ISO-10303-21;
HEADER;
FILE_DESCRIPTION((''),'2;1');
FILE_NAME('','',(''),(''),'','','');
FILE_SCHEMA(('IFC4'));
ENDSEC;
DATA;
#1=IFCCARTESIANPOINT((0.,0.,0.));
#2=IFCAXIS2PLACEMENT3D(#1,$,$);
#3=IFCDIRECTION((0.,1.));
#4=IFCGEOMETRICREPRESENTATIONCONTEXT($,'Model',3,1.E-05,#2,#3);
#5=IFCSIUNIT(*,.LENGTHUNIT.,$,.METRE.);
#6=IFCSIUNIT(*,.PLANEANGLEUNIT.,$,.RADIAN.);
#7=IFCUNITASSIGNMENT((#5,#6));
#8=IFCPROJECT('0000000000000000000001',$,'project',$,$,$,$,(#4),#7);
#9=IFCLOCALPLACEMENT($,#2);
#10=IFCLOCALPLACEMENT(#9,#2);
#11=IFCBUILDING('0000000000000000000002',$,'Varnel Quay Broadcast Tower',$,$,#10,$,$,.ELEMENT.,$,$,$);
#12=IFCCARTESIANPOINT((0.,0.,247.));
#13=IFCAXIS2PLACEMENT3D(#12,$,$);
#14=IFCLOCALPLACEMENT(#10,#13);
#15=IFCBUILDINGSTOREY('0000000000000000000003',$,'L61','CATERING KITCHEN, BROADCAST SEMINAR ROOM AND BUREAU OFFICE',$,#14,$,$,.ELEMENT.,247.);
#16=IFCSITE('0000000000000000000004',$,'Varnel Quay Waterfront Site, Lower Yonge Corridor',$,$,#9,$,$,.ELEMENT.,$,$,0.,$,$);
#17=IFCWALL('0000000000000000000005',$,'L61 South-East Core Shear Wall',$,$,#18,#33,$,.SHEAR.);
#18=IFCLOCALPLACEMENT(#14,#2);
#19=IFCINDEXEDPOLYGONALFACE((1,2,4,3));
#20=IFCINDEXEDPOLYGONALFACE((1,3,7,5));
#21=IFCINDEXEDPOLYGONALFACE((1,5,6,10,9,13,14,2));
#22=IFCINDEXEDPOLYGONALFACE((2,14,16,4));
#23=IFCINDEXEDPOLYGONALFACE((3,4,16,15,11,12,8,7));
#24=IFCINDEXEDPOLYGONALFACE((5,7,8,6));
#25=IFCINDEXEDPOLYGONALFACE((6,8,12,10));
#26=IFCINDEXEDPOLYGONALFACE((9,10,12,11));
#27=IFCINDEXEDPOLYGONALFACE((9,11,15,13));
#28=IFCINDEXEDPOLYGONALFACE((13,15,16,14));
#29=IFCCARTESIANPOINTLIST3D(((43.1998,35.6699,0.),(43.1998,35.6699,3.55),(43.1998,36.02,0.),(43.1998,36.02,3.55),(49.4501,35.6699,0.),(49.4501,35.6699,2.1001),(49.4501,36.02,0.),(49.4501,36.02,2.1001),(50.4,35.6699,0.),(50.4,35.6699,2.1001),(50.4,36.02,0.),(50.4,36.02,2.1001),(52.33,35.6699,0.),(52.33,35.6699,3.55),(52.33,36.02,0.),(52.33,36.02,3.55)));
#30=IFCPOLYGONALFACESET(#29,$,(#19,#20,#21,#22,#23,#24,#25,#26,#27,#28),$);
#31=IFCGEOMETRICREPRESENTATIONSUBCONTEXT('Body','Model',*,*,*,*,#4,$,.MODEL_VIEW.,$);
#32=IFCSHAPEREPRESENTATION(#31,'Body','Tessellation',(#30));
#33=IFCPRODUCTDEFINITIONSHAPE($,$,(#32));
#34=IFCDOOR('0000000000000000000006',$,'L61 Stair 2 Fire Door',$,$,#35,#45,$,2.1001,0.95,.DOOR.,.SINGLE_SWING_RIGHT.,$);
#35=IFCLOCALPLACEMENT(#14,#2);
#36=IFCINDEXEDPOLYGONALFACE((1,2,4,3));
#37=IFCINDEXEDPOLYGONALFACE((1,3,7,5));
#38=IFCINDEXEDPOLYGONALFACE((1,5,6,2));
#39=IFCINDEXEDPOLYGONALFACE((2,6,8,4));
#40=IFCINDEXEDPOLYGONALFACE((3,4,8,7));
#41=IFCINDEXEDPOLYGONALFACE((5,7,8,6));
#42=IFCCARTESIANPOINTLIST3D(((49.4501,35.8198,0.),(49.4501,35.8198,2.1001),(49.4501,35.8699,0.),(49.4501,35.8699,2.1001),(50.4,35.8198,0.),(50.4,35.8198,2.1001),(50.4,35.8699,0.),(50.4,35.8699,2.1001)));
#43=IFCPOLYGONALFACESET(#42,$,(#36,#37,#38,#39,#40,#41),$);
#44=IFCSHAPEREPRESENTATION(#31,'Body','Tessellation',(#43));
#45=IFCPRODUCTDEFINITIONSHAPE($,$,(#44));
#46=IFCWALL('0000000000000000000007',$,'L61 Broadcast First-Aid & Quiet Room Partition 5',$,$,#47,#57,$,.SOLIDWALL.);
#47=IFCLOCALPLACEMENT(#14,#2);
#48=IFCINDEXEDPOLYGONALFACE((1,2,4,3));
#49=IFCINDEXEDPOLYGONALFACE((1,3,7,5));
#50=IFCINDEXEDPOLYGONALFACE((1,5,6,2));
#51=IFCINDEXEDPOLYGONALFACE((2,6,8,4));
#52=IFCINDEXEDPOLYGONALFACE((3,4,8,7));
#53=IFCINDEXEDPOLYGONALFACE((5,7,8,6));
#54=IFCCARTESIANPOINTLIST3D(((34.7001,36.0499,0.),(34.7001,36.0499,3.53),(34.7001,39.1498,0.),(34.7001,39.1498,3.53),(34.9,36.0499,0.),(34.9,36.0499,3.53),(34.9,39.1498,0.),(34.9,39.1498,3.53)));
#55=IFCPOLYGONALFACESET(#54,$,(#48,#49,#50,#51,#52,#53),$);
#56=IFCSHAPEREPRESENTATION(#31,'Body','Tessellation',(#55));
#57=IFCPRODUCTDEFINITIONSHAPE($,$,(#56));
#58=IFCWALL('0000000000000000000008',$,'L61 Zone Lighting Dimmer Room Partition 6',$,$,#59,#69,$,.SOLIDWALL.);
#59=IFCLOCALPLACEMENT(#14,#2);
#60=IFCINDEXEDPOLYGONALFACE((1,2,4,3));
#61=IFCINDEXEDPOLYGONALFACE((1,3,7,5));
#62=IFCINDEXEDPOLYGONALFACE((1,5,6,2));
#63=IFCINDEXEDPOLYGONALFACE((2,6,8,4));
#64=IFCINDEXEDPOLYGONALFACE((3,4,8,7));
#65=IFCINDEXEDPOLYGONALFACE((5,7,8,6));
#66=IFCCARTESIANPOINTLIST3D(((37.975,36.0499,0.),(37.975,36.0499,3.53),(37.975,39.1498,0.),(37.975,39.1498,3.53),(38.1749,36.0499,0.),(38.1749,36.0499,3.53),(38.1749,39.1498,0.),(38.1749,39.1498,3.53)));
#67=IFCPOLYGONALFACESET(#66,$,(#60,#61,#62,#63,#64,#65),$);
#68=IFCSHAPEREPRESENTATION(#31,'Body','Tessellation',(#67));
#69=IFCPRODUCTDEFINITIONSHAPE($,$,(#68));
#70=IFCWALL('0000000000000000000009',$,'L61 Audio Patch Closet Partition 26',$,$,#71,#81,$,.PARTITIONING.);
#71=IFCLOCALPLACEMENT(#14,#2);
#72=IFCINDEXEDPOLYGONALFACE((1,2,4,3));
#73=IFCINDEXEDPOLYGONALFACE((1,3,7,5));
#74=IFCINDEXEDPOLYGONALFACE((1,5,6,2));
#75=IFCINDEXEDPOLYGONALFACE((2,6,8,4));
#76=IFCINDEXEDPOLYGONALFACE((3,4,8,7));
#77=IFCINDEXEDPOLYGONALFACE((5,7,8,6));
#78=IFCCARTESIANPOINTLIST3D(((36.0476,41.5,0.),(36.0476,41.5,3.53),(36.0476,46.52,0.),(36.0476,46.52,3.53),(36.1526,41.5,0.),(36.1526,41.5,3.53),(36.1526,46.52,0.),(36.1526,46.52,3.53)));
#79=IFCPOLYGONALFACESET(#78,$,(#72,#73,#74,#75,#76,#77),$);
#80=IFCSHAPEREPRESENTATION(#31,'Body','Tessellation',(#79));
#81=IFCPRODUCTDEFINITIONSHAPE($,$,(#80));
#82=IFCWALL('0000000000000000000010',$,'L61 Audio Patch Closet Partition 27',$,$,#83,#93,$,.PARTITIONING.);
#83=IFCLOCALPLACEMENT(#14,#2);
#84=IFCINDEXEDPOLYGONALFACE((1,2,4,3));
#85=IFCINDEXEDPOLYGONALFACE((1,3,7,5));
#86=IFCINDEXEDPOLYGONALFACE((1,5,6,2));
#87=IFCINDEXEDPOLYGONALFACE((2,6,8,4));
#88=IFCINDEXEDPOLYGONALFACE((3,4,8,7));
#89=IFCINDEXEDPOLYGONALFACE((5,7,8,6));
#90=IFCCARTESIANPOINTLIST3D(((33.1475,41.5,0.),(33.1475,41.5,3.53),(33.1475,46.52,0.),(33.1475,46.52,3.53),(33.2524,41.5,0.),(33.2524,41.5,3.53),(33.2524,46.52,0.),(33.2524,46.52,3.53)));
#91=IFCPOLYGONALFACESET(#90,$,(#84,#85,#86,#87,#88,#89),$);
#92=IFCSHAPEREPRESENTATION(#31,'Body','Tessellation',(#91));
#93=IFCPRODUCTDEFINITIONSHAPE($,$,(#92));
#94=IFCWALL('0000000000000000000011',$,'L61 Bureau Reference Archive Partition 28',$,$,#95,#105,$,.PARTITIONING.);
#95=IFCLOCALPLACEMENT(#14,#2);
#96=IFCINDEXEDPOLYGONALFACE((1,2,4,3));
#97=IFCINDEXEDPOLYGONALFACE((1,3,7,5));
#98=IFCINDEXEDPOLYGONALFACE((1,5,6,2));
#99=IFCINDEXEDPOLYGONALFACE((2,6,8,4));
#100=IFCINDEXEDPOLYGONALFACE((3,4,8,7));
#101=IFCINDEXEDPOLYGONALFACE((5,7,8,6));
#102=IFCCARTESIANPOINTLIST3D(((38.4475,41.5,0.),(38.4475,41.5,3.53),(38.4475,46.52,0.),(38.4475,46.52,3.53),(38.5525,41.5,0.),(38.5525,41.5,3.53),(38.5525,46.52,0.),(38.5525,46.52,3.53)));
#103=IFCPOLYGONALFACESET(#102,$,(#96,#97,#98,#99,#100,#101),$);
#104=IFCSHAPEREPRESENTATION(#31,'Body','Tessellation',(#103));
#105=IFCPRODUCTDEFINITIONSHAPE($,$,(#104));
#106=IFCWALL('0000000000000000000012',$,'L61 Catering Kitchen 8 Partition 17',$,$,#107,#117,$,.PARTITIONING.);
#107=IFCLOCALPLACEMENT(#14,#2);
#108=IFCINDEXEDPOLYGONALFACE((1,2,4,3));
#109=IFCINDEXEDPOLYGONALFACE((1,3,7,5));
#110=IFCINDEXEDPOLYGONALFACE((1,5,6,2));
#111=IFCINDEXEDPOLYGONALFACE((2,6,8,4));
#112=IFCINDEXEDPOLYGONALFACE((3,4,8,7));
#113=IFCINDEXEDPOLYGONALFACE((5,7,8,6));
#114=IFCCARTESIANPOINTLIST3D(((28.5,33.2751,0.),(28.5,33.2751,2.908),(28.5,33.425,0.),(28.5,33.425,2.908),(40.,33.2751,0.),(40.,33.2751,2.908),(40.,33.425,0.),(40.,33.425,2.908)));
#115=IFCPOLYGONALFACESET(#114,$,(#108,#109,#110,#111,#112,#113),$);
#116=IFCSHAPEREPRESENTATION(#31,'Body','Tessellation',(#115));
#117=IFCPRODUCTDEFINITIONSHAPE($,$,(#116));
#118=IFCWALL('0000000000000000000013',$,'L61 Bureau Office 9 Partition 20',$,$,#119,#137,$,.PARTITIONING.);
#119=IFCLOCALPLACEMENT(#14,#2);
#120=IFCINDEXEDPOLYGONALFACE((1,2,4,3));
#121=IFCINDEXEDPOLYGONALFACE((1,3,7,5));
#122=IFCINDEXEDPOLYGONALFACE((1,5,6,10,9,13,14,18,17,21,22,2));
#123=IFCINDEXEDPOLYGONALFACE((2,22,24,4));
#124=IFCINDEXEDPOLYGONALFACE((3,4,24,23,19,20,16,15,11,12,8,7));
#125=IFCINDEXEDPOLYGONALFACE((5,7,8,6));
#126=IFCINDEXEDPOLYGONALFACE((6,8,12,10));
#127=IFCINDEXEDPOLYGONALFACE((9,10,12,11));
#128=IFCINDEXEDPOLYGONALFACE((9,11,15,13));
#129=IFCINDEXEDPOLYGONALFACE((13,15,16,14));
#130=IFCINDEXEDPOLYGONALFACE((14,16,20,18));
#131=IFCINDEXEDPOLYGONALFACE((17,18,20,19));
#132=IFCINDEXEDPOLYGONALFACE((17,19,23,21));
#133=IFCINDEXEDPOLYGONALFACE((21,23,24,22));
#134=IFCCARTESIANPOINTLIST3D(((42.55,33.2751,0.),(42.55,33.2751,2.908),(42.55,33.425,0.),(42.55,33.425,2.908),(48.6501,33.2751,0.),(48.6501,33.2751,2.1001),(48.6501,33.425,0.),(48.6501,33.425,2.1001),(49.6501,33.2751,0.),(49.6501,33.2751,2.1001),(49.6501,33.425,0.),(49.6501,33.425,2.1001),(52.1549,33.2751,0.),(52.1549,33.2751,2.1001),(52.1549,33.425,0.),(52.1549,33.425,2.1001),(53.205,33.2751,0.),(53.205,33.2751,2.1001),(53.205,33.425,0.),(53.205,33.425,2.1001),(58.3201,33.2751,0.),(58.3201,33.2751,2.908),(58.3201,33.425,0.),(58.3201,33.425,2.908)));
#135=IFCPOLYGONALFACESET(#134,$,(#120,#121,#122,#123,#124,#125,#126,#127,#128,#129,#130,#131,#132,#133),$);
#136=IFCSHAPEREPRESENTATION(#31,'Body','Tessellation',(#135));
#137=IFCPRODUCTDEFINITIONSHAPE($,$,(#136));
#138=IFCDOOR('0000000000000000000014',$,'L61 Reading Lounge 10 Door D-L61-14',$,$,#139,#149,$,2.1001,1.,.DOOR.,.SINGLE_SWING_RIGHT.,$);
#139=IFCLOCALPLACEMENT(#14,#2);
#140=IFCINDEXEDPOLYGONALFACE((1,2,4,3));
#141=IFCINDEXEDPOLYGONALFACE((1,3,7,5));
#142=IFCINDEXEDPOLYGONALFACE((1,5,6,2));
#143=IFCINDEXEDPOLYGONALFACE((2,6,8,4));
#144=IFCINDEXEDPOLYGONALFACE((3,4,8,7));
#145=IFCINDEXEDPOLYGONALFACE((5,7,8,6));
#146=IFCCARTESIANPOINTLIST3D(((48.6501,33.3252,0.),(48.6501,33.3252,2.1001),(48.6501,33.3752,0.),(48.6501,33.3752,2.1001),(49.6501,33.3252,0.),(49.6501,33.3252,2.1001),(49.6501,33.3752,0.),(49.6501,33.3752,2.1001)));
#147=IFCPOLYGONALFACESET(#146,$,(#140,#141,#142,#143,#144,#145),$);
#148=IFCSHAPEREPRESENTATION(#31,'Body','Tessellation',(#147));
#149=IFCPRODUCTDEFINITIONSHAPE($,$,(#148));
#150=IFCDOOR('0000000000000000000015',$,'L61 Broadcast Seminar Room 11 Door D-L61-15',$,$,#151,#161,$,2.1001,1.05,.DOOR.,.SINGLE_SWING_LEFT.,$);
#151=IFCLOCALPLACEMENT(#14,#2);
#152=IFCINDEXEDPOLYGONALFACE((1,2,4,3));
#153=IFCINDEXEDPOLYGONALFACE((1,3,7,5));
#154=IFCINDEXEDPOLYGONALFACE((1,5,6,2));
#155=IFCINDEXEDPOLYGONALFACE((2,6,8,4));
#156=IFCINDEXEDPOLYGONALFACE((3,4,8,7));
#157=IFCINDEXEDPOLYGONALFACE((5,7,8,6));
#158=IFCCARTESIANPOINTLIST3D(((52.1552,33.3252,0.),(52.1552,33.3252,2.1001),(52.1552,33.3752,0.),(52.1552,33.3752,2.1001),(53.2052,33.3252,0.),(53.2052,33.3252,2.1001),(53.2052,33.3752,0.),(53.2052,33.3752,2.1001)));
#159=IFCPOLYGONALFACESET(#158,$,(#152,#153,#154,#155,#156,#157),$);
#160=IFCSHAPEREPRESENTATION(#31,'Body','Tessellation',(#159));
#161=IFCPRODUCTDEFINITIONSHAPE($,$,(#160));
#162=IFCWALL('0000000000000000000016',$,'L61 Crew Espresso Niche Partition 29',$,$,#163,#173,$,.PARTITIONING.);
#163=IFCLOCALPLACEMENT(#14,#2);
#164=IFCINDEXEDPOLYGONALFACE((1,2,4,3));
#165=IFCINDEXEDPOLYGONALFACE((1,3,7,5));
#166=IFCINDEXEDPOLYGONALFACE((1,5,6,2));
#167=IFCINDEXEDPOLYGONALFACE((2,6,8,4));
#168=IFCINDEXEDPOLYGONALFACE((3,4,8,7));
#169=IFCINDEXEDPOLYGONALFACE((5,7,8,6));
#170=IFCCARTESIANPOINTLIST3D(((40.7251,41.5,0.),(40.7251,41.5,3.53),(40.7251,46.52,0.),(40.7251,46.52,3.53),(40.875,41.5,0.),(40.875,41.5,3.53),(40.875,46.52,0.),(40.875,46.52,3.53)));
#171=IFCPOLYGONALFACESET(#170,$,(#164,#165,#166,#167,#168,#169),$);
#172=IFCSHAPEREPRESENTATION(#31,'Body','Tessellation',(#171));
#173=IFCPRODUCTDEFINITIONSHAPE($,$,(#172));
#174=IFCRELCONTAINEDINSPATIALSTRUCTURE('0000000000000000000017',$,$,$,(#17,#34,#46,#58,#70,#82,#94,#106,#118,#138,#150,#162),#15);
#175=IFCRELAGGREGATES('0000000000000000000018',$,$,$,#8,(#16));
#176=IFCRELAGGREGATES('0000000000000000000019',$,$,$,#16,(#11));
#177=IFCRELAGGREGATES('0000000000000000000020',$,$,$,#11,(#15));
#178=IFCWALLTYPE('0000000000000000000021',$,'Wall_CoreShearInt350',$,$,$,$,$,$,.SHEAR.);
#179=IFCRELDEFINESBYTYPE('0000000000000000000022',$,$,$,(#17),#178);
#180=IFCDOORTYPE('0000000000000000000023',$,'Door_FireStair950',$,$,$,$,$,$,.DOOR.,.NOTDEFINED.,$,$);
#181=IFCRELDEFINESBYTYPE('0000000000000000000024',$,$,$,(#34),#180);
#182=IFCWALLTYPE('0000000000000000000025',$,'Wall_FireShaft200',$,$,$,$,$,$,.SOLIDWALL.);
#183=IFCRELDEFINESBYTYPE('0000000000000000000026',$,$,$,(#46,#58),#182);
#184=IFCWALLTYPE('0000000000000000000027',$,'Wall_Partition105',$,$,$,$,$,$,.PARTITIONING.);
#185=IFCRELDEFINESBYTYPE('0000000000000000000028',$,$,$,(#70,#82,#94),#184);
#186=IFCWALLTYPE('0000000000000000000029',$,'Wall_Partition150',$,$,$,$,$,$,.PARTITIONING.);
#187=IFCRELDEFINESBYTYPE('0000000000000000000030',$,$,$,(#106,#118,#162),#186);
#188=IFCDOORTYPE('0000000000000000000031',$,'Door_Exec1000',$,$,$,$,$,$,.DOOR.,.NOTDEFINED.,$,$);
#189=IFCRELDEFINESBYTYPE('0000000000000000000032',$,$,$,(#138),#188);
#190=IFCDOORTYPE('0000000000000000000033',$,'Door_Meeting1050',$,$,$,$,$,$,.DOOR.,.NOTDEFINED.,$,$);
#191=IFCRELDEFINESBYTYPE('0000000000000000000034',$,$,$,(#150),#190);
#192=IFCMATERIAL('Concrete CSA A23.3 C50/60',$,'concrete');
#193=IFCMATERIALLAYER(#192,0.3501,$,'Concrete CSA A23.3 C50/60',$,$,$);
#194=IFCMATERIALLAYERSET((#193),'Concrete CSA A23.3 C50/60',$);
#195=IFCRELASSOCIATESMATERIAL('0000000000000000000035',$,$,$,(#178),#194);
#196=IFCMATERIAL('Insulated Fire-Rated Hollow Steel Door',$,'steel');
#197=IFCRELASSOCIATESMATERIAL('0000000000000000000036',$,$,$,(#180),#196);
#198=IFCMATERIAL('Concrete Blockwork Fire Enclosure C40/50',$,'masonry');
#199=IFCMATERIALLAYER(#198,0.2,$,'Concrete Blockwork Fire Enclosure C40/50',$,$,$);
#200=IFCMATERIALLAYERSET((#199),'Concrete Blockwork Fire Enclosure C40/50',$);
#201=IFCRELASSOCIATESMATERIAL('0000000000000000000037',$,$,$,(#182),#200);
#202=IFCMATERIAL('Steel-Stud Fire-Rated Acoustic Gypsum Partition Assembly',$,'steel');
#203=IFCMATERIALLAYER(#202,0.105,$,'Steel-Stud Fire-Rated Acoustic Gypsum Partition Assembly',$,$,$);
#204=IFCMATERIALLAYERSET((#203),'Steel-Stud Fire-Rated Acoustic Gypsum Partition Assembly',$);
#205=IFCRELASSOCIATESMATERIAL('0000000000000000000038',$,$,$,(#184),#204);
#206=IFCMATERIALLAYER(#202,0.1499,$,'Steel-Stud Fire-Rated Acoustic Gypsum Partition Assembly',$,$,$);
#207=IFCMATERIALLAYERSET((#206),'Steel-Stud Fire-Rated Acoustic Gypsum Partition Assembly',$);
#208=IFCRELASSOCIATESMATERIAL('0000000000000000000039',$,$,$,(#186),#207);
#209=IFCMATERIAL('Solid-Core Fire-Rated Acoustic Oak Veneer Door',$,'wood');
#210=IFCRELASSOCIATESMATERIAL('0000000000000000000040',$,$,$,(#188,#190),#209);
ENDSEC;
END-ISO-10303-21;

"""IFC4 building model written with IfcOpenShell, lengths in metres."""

from ifc_helpers import new_model, si_unit, direction, frame, frame_2d, origin, place, context, subcontext, project, spatial, rectangle, extrude, source, transform, mapped, material, layer, layer_set, type_object, type_shapes, element, fill, save


model = new_model("IFC4")

# Units and contexts
model_context = context("Model", 3, precision=1e-05, world=origin(), true_north=direction((0.0, 1.0)))
body_context = subcontext(model_context, "Body", "Model", "MODEL_VIEW")
ifc_project = project(units=[si_unit("LENGTHUNIT", "METRE"), si_unit("PLANEANGLEUNIT", "RADIAN")], contexts=[model_context])

# Site, building, storey
site_placement = place(None, origin())
site = spatial("IfcSite", under=ifc_project, at=site_placement, Name="Varnel Quay Waterfront Site, Lower Yonge Corridor", CompositionType="ELEMENT", RefElevation=0.0)
building_placement = place(site_placement, origin())
building = spatial("IfcBuilding", under=site, at=building_placement, Name="Varnel Quay Broadcast Tower", CompositionType="ELEMENT")
storey_placement = place(building_placement, frame((0.0, 0.0, 247.0)))
storey = spatial("IfcBuildingStorey", under=building, at=storey_placement, Name="L61", Description="CATERING KITCHEN, BROADCAST SEMINAR ROOM AND BUREAU OFFICE", CompositionType="ELEMENT", Elevation=247.0)

# Shared definitions
ifc_material_1 = material(Name="Concrete CSA A23.3 C50/60", Category="concrete")

# Wall, opening, door
ifc_layer_1 = layer(ifc_material_1, 0.3501, Name="Concrete CSA A23.3 C50/60")
ifc_layer_set_1 = layer_set([ifc_layer_1], Name="Concrete CSA A23.3 C50/60")
wall_type_1 = type_object("IfcWallType", Name="Wall_CoreShearInt350", PredefinedType="SHEAR", material=ifc_layer_set_1)
wall_1_placement = place(storey_placement, frame((43.2, 35.845, 0.0), z_axis=(0.0, 0.0, 1.0), x_axis=(1.0, 0.0, 0.0)))
wall_1 = element("IfcWall", 1, at=wall_1_placement, inside=storey, type_object=wall_type_1, Name="L61 South-East Core Shear Wall", PredefinedType="SHEAR", context=body_context, shape_type="SweptSolid", body=[
    extrude(rectangle(XDim=9.1301, YDim=0.3501, at=frame_2d((4.5649, 0.0))), origin(), (0.0, 0.0, 1.0), 3.55),
])
opening_1_placement = place(wall_1_placement, frame((6.25, 0.0, 0.0)))
opening_1 = element("IfcOpeningElement", 2, at=opening_1_placement, cuts=wall_1, PredefinedType="OPENING", context=body_context, shape_type="SweptSolid", body=[
    extrude(rectangle(XDim=0.95, YDim=2.1001, at=frame_2d((0.4751, 1.05))), frame((0.0, 0.1851, 0.0), z_axis=(0.0, -1.0, 0.0), x_axis=(1.0, 0.0, 0.0)), (0.0, 0.0, 1.0), 0.3701),
])
ifc_material_2 = material(Name="Insulated Fire-Rated Hollow Steel Door", Category="steel")
door_type_1 = type_object("IfcDoorType", Name="Door_FireStair950", OperationType="NOTDEFINED", PredefinedType="DOOR", material=ifc_material_2)
shared_shape_1 = source(origin(), body_context, "Body", "SweptSolid", [
    extrude(rectangle(XDim=0.95, YDim=2.1001, at=frame_2d((0.4751, 1.05))), frame((0.0, 0.0249, 0.0), z_axis=(0.0, -1.0, 0.0), x_axis=(1.0, 0.0, 0.0)), (0.0, 0.0, 1.0), 0.05),
])
type_shapes(door_type_1, [shared_shape_1])
door_1_placement = place(opening_1_placement, origin())
door_1 = element("IfcDoor", 3, at=door_1_placement, inside=storey, type_object=door_type_1, Name="L61 Stair 2 Fire Door", OperationType="SINGLE_SWING_RIGHT", OverallHeight=2.1001, OverallWidth=0.95, PredefinedType="DOOR", context=body_context, shape_type="MappedRepresentation", body=[
    mapped(shared_shape_1, transform((0.0, 0.0, 0.0), x_axis=(1.0, 0.0, 0.0), y_axis=(0.0, 1.0, 0.0), z_axis=(0.0, 0.0, 1.0), scale=1.0)),
])
fill(opening_1, door_1)

# Walls
ifc_material_3 = material(Name="Concrete Blockwork Fire Enclosure C40/50", Category="masonry")
ifc_layer_2 = layer(ifc_material_3, 0.2, Name="Concrete Blockwork Fire Enclosure C40/50")
ifc_layer_set_2 = layer_set([ifc_layer_2], Name="Concrete Blockwork Fire Enclosure C40/50")
wall_type_2 = type_object("IfcWallType", Name="Wall_FireShaft200", PredefinedType="SOLIDWALL", material=ifc_layer_set_2)
for number, where, z_axis, x_axis, name in (
    (4, (34.8, 36.05, 0.0), (0.0, 0.0, 1.0), (0.0, 1.0, 0.0), "L61 Broadcast First-Aid & Quiet Room Partition 5"),
    (5, (38.075, 36.05, 0.0), (0.0, 0.0, 1.0), (0.0, 1.0, 0.0), "L61 Zone Lighting Dimmer Room Partition 6"),
):
    element("IfcWall", number, at=place(storey_placement, frame(where, z_axis=z_axis, x_axis=x_axis)), inside=storey, type_object=wall_type_2, Name=name, PredefinedType="SOLIDWALL", context=body_context, shape_type="SweptSolid", body=[
        extrude(rectangle(XDim=3.0999, YDim=0.2, at=frame_2d((1.5498, 0.0))), origin(), (0.0, 0.0, 1.0), 3.53),
    ])
ifc_material_4 = material(Name="Steel-Stud Fire-Rated Acoustic Gypsum Partition Assembly", Category="steel")
ifc_layer_3 = layer(ifc_material_4, 0.105, Name="Steel-Stud Fire-Rated Acoustic Gypsum Partition Assembly")
ifc_layer_set_3 = layer_set([ifc_layer_3], Name="Steel-Stud Fire-Rated Acoustic Gypsum Partition Assembly")
wall_type_3 = type_object("IfcWallType", Name="Wall_Partition105", PredefinedType="PARTITIONING", material=ifc_layer_set_3)
for number, where, z_axis, x_axis, name in (
    (6, (36.1001, 41.5, 0.0), (0.0, 0.0, 1.0), (0.0, 1.0, 0.0), "L61 Audio Patch Closet Partition 26"),
    (7, (33.2, 41.5, 0.0), (0.0, 0.0, 1.0), (0.0, 1.0, 0.0), "L61 Audio Patch Closet Partition 27"),
    (8, (38.5, 41.5, 0.0), (0.0, 0.0, 1.0), (0.0, 1.0, 0.0), "L61 Bureau Reference Archive Partition 28"),
):
    element("IfcWall", number, at=place(storey_placement, frame(where, z_axis=z_axis, x_axis=x_axis)), inside=storey, type_object=wall_type_3, Name=name, PredefinedType="PARTITIONING", context=body_context, shape_type="SweptSolid", body=[
        extrude(rectangle(XDim=5.02, YDim=0.105, at=frame_2d((2.51, 0.0))), origin(), (0.0, 0.0, 1.0), 3.53),
    ])
ifc_layer_4 = layer(ifc_material_4, 0.1499, Name="Steel-Stud Fire-Rated Acoustic Gypsum Partition Assembly")
ifc_layer_set_4 = layer_set([ifc_layer_4], Name="Steel-Stud Fire-Rated Acoustic Gypsum Partition Assembly")
wall_type_4 = type_object("IfcWallType", Name="Wall_Partition150", PredefinedType="PARTITIONING", material=ifc_layer_set_4)
wall_2_placement = place(storey_placement, frame((28.5, 33.3501, 0.0), z_axis=(0.0, 0.0, 1.0), x_axis=(1.0, 0.0, 0.0)))
element("IfcWall", 9, at=wall_2_placement, inside=storey, type_object=wall_type_4, Name="L61 Catering Kitchen 8 Partition 17", PredefinedType="PARTITIONING", context=body_context, shape_type="SweptSolid", body=[
    extrude(rectangle(XDim=11.5, YDim=0.1499, at=frame_2d((5.75, 0.0))), origin(), (0.0, 0.0, 1.0), 2.908),
])

# Wall, openings, doors
wall_3_placement = place(storey_placement, frame((42.55, 33.3501, 0.0), z_axis=(0.0, 0.0, 1.0), x_axis=(1.0, 0.0, 0.0)))
wall_3 = element("IfcWall", 10, at=wall_3_placement, inside=storey, type_object=wall_type_4, Name="L61 Bureau Office 9 Partition 20", PredefinedType="PARTITIONING", context=body_context, shape_type="SweptSolid", body=[
    extrude(rectangle(XDim=15.77, YDim=0.1499, at=frame_2d((7.885, 0.0))), origin(), (0.0, 0.0, 1.0), 2.908),
])
opening_2_placement = place(wall_3_placement, frame((6.1001, 0.0, 0.0)))
opening_2 = element("IfcOpeningElement", 11, at=opening_2_placement, cuts=wall_3, PredefinedType="OPENING", context=body_context, shape_type="SweptSolid", body=[
    extrude(rectangle(XDim=1.0, YDim=2.1001, at=frame_2d((0.5, 1.05))), frame((0.0, 0.085, 0.0), z_axis=(0.0, -1.0, 0.0), x_axis=(1.0, 0.0, 0.0)), (0.0, 0.0, 1.0), 0.1699),
])
opening_3_placement = place(wall_3_placement, frame((9.605, 0.0, 0.0)))
opening_3 = element("IfcOpeningElement", 12, at=opening_3_placement, cuts=wall_3, PredefinedType="OPENING", context=body_context, shape_type="SweptSolid", body=[
    extrude(rectangle(XDim=1.05, YDim=2.1001, at=frame_2d((0.5249, 1.05))), frame((0.0, 0.085, 0.0), z_axis=(0.0, -1.0, 0.0), x_axis=(1.0, 0.0, 0.0)), (0.0, 0.0, 1.0), 0.1699),
])
ifc_material_5 = material(Name="Solid-Core Fire-Rated Acoustic Oak Veneer Door", Category="wood")
door_type_2 = type_object("IfcDoorType", Name="Door_Exec1000", OperationType="NOTDEFINED", PredefinedType="DOOR", material=ifc_material_5)
shared_shape_2 = source(origin(), body_context, "Body", "SweptSolid", [
    extrude(rectangle(XDim=1.0, YDim=2.1001, at=frame_2d((0.5, 1.05))), frame((0.0, 0.0249, 0.0), z_axis=(0.0, -1.0, 0.0), x_axis=(1.0, 0.0, 0.0)), (0.0, 0.0, 1.0), 0.05),
])
type_shapes(door_type_2, [shared_shape_2])
door_2_placement = place(opening_2_placement, frame((1.0, 0.0, 0.0), z_axis=(0.0, 0.0, 1.0), x_axis=(-1.0, 0.0, 0.0)))
door_2 = element("IfcDoor", 13, at=door_2_placement, inside=storey, type_object=door_type_2, Name="L61 Reading Lounge 10 Door D-L61-14", OperationType="SINGLE_SWING_RIGHT", OverallHeight=2.1001, OverallWidth=1.0, PredefinedType="DOOR", context=body_context, shape_type="MappedRepresentation", body=[
    mapped(shared_shape_2, transform((0.0, 0.0, 0.0), x_axis=(1.0, 0.0, 0.0), y_axis=(0.0, 1.0, 0.0), z_axis=(0.0, 0.0, 1.0), scale=1.0)),
])
fill(opening_2, door_2)
door_type_3 = type_object("IfcDoorType", Name="Door_Meeting1050", OperationType="NOTDEFINED", PredefinedType="DOOR", material=ifc_material_5)
shared_shape_3 = source(origin(), body_context, "Body", "SweptSolid", [
    extrude(rectangle(XDim=1.05, YDim=2.1001, at=frame_2d((0.5249, 1.05))), frame((0.0, 0.0249, 0.0), z_axis=(0.0, -1.0, 0.0), x_axis=(1.0, 0.0, 0.0)), (0.0, 0.0, 1.0), 0.05),
])
type_shapes(door_type_3, [shared_shape_3])
door_3_placement = place(opening_3_placement, frame((1.05, 0.0, 0.0), z_axis=(0.0, 0.0, 1.0), x_axis=(-1.0, 0.0, 0.0)))
door_3 = element("IfcDoor", 14, at=door_3_placement, inside=storey, type_object=door_type_3, Name="L61 Broadcast Seminar Room 11 Door D-L61-15", OperationType="SINGLE_SWING_LEFT", OverallHeight=2.1001, OverallWidth=1.05, PredefinedType="DOOR", context=body_context, shape_type="MappedRepresentation", body=[
    mapped(shared_shape_3, transform((0.0, 0.0, 0.0), x_axis=(1.0, 0.0, 0.0), y_axis=(0.0, 1.0, 0.0), z_axis=(0.0, 0.0, 1.0), scale=1.0)),
])
fill(opening_3, door_3)

# Wall
wall_4_placement = place(storey_placement, frame((40.8, 41.5, 0.0), z_axis=(0.0, 0.0, 1.0), x_axis=(0.0, 1.0, 0.0)))
element("IfcWall", 15, at=wall_4_placement, inside=storey, type_object=wall_type_4, Name="L61 Crew Espresso Niche Partition 29", PredefinedType="PARTITIONING", context=body_context, shape_type="SweptSolid", body=[
    extrude(rectangle(XDim=5.02, YDim=0.1499, at=frame_2d((2.51, 0.0))), origin(), (0.0, 0.0, 1.0), 3.53),
])

save(model, "model.ifc")
